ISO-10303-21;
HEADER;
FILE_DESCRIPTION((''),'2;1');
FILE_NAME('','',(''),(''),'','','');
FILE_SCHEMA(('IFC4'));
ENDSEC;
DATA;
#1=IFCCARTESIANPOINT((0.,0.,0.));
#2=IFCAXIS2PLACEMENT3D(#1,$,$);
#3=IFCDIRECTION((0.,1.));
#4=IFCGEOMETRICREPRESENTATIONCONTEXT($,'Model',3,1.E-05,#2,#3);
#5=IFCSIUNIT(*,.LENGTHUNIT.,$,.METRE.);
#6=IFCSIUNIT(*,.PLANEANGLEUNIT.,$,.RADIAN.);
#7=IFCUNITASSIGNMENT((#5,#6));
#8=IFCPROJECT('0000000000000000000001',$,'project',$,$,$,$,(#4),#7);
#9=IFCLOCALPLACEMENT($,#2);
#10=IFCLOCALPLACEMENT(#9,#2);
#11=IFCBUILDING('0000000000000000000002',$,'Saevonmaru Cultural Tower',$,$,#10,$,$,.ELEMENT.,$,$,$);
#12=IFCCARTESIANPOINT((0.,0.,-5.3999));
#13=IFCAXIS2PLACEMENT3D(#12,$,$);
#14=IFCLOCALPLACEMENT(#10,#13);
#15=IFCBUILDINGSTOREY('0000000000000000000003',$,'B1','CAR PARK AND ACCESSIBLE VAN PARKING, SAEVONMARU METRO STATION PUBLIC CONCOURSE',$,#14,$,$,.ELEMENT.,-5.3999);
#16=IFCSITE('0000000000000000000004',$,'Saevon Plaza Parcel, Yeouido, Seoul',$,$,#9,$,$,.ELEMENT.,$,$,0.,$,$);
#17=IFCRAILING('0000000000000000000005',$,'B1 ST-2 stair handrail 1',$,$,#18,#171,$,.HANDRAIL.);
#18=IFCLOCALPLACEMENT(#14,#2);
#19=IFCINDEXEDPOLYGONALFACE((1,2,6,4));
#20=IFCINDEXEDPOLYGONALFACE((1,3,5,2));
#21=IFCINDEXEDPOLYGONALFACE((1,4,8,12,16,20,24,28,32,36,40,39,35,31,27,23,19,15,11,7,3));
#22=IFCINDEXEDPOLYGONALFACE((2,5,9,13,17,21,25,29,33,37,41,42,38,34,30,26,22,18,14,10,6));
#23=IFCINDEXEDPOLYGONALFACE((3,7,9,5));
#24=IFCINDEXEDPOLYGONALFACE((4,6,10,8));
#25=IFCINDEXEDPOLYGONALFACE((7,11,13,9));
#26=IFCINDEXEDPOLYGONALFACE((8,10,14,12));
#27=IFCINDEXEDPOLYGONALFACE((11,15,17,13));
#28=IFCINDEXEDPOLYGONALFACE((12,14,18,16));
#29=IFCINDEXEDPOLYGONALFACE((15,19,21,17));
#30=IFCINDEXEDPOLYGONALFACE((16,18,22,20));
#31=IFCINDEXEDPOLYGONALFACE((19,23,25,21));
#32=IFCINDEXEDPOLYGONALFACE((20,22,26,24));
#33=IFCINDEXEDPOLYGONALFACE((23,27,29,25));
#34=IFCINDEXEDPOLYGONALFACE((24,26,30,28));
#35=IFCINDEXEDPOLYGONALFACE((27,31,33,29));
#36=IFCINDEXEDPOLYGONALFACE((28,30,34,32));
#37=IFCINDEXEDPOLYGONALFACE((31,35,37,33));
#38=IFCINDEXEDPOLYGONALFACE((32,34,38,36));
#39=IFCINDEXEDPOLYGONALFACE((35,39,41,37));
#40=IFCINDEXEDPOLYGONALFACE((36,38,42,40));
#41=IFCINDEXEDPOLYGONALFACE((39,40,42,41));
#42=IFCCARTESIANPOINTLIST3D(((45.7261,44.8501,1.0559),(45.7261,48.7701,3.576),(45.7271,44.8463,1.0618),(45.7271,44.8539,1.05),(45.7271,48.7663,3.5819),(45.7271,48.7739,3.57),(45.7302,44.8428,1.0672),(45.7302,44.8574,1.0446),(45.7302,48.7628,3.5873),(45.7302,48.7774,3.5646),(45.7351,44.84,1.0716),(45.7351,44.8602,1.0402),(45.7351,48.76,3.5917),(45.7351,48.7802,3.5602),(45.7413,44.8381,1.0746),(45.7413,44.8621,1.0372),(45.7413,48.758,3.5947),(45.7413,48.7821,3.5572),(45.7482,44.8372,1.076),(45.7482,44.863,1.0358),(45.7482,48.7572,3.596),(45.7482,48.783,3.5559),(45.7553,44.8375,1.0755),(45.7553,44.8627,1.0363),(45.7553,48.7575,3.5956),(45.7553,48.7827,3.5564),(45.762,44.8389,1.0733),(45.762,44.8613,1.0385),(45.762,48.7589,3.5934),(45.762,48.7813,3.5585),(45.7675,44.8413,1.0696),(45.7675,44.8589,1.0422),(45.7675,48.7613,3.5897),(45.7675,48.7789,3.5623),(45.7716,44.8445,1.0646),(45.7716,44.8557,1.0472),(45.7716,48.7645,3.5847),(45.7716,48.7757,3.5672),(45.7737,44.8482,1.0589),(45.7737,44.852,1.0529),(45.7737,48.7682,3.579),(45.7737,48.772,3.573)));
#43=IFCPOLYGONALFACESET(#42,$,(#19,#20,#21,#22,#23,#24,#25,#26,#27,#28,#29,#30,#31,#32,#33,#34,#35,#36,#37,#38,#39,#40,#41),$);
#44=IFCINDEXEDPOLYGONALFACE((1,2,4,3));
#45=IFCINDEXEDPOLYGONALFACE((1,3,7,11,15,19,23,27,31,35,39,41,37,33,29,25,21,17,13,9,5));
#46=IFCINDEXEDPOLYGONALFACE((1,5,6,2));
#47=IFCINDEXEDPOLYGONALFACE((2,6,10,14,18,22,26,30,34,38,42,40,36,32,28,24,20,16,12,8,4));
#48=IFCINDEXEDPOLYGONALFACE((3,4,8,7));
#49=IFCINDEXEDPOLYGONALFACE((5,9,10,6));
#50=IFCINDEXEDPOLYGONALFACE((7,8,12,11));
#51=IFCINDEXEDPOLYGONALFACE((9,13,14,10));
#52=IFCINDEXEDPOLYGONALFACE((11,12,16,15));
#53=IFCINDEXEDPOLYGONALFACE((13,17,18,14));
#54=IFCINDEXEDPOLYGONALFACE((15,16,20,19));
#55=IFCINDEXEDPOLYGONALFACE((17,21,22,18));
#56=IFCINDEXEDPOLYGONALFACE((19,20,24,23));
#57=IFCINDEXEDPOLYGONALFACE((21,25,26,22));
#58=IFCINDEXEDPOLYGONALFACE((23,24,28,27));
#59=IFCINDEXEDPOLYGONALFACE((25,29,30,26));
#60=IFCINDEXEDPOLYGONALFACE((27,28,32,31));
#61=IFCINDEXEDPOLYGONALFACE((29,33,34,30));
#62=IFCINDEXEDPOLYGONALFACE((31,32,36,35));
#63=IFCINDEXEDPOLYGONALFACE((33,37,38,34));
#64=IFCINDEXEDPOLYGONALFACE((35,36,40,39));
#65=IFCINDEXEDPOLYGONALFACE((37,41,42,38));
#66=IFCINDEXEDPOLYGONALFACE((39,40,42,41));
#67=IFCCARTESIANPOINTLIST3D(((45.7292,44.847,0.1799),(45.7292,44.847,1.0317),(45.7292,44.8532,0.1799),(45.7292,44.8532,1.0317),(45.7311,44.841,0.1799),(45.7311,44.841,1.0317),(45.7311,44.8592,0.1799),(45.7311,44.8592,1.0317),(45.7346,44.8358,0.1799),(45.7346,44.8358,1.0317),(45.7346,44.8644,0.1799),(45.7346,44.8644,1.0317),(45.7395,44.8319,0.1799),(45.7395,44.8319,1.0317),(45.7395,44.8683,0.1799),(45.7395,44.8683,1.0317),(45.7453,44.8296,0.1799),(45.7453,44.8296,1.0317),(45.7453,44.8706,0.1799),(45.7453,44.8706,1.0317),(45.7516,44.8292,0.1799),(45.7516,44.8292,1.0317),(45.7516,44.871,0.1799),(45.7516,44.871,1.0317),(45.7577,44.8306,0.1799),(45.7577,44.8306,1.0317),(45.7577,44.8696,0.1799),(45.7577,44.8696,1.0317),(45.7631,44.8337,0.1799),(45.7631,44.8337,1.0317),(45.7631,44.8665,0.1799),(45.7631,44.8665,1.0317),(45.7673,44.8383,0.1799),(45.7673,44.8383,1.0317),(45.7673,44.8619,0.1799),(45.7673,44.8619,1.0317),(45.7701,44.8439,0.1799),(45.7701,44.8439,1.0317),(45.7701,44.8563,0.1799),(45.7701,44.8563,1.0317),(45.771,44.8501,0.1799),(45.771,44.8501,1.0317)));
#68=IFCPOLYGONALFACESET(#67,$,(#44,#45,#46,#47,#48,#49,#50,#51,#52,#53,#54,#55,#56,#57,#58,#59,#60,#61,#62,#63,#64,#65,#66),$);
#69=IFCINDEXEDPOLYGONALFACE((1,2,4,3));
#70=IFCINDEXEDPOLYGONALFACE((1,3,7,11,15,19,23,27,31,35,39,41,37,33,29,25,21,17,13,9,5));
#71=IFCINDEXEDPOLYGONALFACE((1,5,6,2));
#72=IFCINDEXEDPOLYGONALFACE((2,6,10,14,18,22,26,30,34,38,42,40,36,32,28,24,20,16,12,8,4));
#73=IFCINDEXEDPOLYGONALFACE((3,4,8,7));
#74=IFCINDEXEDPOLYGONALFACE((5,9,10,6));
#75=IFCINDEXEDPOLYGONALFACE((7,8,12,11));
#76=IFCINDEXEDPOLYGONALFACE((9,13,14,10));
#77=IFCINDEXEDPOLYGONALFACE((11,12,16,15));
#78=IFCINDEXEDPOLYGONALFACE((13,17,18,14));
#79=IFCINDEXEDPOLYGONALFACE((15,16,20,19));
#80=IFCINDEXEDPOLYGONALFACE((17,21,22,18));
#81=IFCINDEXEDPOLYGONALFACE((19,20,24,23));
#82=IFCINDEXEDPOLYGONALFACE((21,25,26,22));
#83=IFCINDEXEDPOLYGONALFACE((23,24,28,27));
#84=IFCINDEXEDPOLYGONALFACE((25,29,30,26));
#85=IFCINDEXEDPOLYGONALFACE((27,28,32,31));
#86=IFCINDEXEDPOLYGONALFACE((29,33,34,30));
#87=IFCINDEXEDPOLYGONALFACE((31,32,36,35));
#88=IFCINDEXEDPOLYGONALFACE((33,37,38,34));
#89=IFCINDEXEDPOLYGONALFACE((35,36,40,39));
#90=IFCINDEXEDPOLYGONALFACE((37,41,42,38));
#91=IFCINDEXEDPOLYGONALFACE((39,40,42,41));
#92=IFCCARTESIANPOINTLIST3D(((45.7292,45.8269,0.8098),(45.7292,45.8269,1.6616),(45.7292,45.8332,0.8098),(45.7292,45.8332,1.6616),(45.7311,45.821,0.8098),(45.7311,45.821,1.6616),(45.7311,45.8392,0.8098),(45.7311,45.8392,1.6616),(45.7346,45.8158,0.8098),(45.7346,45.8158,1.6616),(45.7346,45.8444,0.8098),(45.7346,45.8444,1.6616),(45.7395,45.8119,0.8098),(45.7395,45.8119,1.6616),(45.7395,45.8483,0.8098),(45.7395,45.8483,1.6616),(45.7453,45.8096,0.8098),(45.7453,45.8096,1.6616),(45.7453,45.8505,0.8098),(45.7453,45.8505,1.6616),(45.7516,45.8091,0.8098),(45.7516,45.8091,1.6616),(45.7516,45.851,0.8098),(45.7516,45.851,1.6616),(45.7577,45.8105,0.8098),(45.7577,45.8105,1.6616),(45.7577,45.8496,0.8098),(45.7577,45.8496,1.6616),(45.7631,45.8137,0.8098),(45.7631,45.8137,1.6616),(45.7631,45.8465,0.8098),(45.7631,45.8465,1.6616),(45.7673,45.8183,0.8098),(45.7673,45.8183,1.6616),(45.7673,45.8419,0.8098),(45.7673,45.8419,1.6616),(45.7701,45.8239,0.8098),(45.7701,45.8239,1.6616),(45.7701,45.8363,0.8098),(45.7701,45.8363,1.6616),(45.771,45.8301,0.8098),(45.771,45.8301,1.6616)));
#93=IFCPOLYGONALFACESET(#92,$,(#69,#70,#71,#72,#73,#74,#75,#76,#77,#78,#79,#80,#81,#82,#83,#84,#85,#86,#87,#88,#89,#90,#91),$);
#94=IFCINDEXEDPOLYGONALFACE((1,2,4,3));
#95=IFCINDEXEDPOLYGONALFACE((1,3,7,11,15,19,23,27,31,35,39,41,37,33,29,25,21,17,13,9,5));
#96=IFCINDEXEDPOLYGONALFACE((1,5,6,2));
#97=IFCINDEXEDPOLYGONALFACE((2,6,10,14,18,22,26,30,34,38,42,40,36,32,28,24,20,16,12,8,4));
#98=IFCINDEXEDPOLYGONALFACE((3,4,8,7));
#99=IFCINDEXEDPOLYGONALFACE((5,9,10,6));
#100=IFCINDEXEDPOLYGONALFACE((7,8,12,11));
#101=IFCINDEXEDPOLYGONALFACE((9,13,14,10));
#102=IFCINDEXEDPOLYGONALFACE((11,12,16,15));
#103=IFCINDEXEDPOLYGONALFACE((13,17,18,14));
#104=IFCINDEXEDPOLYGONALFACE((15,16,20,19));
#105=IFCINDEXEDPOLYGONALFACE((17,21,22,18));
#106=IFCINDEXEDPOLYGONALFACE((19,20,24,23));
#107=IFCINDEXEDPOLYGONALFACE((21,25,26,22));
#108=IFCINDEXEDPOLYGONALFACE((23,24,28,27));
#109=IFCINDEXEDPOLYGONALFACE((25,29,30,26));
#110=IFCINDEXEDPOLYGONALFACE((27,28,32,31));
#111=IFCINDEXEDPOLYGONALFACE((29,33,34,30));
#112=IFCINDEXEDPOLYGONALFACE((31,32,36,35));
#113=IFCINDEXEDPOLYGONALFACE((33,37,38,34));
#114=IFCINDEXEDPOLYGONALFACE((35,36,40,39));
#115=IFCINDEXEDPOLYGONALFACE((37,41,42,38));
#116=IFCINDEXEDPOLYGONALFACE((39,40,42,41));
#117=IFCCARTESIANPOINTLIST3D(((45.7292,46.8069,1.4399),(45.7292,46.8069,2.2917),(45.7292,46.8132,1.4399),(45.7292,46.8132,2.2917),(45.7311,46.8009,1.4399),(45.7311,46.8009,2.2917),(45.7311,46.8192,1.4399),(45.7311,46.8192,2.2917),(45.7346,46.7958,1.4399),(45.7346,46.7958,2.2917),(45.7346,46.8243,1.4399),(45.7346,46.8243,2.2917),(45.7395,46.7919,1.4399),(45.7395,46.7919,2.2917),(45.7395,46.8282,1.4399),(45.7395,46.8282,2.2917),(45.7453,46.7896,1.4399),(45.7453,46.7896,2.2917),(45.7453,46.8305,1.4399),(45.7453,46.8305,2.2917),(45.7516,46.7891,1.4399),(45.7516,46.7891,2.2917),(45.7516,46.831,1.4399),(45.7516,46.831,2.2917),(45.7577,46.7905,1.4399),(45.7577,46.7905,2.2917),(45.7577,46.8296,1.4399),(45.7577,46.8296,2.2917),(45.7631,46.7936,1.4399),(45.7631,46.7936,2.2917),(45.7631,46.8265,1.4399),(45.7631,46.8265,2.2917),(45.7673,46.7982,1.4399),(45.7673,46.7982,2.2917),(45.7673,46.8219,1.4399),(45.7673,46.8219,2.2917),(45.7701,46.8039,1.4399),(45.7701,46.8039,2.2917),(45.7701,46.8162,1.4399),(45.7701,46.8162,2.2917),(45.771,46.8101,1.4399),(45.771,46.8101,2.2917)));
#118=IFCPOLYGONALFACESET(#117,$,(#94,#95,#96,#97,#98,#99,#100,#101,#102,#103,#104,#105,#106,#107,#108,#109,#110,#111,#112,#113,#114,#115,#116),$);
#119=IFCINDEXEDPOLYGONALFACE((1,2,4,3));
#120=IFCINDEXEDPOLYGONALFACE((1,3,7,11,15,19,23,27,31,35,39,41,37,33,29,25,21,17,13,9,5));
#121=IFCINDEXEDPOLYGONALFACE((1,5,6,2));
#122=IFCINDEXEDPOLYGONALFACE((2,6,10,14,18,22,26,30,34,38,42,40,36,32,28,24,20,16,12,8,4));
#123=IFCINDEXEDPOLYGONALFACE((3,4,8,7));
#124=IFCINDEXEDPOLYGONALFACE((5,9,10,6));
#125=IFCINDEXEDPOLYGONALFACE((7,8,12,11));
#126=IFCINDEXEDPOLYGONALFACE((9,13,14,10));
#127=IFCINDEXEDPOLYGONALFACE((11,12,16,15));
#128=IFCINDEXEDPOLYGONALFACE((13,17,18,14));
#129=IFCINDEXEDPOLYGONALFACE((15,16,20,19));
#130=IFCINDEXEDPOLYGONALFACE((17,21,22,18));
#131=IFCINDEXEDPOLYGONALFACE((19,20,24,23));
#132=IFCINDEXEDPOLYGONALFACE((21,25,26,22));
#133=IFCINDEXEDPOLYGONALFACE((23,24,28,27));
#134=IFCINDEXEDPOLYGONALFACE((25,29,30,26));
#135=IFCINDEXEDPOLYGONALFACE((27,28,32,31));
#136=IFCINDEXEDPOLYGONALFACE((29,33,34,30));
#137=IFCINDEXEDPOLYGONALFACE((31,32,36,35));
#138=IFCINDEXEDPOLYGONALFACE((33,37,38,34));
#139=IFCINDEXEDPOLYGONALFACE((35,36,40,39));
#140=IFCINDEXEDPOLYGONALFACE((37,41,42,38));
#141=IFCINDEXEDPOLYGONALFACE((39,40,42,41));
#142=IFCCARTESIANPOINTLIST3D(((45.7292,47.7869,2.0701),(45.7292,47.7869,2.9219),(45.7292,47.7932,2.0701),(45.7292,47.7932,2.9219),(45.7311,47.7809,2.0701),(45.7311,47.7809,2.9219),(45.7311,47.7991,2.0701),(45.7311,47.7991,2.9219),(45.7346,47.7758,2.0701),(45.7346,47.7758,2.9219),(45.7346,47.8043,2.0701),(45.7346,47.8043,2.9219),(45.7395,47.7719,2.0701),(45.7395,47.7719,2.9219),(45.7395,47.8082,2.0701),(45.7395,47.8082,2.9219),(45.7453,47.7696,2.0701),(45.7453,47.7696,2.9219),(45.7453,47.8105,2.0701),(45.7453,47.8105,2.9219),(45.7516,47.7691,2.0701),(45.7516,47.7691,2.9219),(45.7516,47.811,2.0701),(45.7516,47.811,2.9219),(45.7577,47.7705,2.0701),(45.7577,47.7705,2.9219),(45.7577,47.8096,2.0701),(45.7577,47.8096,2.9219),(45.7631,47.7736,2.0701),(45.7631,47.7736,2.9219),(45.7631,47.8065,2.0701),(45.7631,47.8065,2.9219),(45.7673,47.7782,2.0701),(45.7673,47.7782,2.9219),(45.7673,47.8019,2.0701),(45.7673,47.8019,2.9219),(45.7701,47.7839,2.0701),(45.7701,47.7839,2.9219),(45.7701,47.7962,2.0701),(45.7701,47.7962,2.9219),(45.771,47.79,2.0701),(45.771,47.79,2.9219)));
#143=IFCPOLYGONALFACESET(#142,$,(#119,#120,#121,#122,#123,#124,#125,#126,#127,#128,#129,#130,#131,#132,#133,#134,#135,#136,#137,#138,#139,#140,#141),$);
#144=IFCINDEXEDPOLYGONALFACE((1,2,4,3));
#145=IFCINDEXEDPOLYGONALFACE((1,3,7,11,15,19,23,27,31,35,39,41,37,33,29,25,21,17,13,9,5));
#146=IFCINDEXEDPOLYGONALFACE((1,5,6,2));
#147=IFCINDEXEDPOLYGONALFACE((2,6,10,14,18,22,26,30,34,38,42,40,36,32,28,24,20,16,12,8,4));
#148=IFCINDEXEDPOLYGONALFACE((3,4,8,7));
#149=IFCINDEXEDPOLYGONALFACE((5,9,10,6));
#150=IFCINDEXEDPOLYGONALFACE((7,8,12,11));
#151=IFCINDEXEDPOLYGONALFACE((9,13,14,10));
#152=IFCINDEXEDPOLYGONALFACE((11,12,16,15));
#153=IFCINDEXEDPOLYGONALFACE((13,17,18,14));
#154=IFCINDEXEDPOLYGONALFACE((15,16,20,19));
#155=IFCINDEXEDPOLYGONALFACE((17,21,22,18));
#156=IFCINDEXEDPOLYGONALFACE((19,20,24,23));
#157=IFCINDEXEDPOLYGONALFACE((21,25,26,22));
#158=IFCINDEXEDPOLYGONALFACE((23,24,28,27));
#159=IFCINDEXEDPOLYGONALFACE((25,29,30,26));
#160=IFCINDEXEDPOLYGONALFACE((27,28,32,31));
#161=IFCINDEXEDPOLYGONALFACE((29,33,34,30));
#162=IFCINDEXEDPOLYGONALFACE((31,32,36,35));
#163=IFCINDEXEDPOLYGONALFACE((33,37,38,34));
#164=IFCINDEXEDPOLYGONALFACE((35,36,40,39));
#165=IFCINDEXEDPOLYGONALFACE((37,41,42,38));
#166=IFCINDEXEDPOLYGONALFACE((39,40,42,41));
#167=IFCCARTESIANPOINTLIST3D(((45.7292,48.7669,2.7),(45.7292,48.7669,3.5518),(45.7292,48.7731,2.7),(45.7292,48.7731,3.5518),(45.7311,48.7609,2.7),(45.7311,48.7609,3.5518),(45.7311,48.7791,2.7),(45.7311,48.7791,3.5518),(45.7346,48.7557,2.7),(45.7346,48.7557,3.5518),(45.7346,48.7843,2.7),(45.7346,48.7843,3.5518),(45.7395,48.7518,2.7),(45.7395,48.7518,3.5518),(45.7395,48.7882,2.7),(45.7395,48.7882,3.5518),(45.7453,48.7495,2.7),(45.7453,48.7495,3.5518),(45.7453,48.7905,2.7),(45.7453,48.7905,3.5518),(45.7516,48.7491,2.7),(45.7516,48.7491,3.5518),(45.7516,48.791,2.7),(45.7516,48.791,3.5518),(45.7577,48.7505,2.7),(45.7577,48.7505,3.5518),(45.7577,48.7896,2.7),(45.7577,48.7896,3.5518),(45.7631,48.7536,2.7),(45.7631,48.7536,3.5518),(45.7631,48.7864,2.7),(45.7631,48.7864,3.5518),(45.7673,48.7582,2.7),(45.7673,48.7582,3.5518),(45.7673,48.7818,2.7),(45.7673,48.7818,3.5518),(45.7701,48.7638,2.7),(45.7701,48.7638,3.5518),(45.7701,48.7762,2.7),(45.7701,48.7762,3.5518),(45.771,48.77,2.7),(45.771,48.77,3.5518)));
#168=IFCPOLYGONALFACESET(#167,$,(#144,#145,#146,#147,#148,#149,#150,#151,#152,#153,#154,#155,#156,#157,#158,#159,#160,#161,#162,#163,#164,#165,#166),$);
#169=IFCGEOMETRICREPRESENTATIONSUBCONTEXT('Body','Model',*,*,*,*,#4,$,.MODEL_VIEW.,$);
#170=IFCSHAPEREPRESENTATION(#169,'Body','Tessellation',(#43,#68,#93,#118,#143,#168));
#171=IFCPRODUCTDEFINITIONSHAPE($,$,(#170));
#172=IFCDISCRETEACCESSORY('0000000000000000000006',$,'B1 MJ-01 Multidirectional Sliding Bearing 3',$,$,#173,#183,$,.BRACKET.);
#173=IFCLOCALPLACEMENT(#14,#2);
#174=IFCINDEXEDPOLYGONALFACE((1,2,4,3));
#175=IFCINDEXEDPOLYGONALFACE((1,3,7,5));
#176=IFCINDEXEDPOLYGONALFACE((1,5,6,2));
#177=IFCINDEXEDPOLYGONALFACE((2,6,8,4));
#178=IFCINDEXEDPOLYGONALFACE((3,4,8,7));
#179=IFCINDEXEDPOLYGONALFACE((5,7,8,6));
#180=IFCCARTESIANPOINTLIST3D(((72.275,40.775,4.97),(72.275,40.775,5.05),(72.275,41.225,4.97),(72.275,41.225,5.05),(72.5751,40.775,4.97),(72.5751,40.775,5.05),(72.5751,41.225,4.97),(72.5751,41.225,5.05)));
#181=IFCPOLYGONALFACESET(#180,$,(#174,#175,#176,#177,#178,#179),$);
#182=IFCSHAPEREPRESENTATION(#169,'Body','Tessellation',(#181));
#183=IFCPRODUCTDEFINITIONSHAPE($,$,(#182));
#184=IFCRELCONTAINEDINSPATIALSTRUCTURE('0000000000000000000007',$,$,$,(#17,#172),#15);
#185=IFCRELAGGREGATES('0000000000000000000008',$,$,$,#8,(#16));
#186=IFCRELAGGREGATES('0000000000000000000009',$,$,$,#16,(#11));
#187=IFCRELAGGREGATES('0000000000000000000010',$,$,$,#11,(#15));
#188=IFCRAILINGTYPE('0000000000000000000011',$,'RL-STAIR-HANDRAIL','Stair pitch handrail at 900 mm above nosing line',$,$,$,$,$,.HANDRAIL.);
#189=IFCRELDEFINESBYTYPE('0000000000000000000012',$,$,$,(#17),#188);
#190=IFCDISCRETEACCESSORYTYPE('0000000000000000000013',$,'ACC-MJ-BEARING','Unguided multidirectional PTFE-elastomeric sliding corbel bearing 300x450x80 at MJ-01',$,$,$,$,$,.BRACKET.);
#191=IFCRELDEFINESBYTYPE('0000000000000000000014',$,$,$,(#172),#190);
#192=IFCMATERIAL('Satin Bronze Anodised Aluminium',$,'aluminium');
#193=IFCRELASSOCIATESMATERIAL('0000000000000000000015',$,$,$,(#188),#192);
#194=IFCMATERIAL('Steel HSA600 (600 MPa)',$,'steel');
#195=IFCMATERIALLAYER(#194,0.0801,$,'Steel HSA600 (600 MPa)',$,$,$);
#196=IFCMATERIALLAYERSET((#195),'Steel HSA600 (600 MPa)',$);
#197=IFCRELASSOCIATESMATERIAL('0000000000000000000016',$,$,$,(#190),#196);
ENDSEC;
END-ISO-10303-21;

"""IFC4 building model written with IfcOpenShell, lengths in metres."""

from ifc_helpers import new_model, si_unit, direction, frame, origin, origin_2d, place, context, subcontext, project, spatial, rectangle, circle, extrude, material, layer, layer_set, type_object, element, save


model = new_model("IFC4")

# Units and contexts
model_context = context("Model", 3, precision=1e-05, world=origin(), true_north=direction((0.0, 1.0)))
body_context = subcontext(model_context, "Body", "Model", "MODEL_VIEW")
ifc_project = project(units=[si_unit("LENGTHUNIT", "METRE"), si_unit("PLANEANGLEUNIT", "RADIAN")], contexts=[model_context])

# Site, building, storey
site_placement = place(None, origin())
site = spatial("IfcSite", under=ifc_project, at=site_placement, Name="Saevon Plaza Parcel, Yeouido, Seoul", CompositionType="ELEMENT", RefElevation=0.0)
building_placement = place(site_placement, origin())
building = spatial("IfcBuilding", under=site, at=building_placement, Name="Saevonmaru Cultural Tower", CompositionType="ELEMENT")
storey_placement = place(building_placement, frame((0.0, 0.0, -5.3999)))
storey = spatial("IfcBuildingStorey", under=building, at=storey_placement, Name="B1", Description="CAR PARK AND ACCESSIBLE VAN PARKING, SAEVONMARU METRO STATION PUBLIC CONCOURSE", CompositionType="ELEMENT", Elevation=-5.3999)

# Railing
ifc_material_1 = material(Name="Satin Bronze Anodised Aluminium", Category="aluminium")
railing_type_1 = type_object("IfcRailingType", Name="RL-STAIR-HANDRAIL", Description="Stair pitch handrail at 900 mm above nosing line", PredefinedType="HANDRAIL", material=ifc_material_1)
railing_1_placement = place(storey_placement, frame((45.75, 44.8501, 0.1799)))
element("IfcRailing", 1, at=railing_1_placement, inside=storey, type_object=railing_type_1, Name="B1 ST-2 stair handrail 1", PredefinedType="HANDRAIL", context=body_context, shape_type="SweptSolid", body=[
    extrude(circle(Radius=0.0239, at=origin_2d()), frame((0.0, 0.0, 0.876), z_axis=(0.0, 0.841172, 0.540768), x_axis=(-1.0, 0.0, 0.0)), (0.0, 0.0, 1.0), 4.6602),
    extrude(circle(Radius=0.021, at=origin_2d()), origin(), (0.0, 0.0, 1.0), 0.8518),
    extrude(circle(Radius=0.021, at=origin_2d()), frame((0.0, 0.98, 0.6299)), (0.0, 0.0, 1.0), 0.8518),
    extrude(circle(Radius=0.021, at=origin_2d()), frame((0.0, 1.96, 1.26)), (0.0, 0.0, 1.0), 0.8518),
    extrude(circle(Radius=0.021, at=origin_2d()), frame((0.0, 2.9399, 1.8901)), (0.0, 0.0, 1.0), 0.8518),
    extrude(circle(Radius=0.021, at=origin_2d()), frame((0.0, 3.9199, 2.52)), (0.0, 0.0, 1.0), 0.8518),
])

# Discrete accessory
ifc_material_2 = material(Name="Steel HSA600 (600 MPa)", Category="steel")
ifc_layer_1 = layer(ifc_material_2, 0.0801, Name="Steel HSA600 (600 MPa)")
ifc_layer_set_1 = layer_set([ifc_layer_1], Name="Steel HSA600 (600 MPa)")
discrete_accessory_type = type_object("IfcDiscreteAccessoryType", Name="ACC-MJ-BEARING", Description="Unguided multidirectional PTFE-elastomeric sliding corbel bearing 300x450x80 at MJ-01", PredefinedType="BRACKET", material=ifc_layer_set_1)
discrete_accessory_placement = place(storey_placement, frame((72.425, 41.0, 4.97), z_axis=(0.0, 0.0, 1.0), x_axis=(1.0, 0.0, 0.0)))
element("IfcDiscreteAccessory", 2, at=discrete_accessory_placement, inside=storey, type_object=discrete_accessory_type, Name="B1 MJ-01 Multidirectional Sliding Bearing 3", PredefinedType="BRACKET", context=body_context, shape_type="SweptSolid", body=[
    extrude(rectangle(XDim=0.3, YDim=0.45, at=origin_2d()), origin(), (0.0, 0.0, 1.0), 0.0801),
])

save(model, "model.ifc")
